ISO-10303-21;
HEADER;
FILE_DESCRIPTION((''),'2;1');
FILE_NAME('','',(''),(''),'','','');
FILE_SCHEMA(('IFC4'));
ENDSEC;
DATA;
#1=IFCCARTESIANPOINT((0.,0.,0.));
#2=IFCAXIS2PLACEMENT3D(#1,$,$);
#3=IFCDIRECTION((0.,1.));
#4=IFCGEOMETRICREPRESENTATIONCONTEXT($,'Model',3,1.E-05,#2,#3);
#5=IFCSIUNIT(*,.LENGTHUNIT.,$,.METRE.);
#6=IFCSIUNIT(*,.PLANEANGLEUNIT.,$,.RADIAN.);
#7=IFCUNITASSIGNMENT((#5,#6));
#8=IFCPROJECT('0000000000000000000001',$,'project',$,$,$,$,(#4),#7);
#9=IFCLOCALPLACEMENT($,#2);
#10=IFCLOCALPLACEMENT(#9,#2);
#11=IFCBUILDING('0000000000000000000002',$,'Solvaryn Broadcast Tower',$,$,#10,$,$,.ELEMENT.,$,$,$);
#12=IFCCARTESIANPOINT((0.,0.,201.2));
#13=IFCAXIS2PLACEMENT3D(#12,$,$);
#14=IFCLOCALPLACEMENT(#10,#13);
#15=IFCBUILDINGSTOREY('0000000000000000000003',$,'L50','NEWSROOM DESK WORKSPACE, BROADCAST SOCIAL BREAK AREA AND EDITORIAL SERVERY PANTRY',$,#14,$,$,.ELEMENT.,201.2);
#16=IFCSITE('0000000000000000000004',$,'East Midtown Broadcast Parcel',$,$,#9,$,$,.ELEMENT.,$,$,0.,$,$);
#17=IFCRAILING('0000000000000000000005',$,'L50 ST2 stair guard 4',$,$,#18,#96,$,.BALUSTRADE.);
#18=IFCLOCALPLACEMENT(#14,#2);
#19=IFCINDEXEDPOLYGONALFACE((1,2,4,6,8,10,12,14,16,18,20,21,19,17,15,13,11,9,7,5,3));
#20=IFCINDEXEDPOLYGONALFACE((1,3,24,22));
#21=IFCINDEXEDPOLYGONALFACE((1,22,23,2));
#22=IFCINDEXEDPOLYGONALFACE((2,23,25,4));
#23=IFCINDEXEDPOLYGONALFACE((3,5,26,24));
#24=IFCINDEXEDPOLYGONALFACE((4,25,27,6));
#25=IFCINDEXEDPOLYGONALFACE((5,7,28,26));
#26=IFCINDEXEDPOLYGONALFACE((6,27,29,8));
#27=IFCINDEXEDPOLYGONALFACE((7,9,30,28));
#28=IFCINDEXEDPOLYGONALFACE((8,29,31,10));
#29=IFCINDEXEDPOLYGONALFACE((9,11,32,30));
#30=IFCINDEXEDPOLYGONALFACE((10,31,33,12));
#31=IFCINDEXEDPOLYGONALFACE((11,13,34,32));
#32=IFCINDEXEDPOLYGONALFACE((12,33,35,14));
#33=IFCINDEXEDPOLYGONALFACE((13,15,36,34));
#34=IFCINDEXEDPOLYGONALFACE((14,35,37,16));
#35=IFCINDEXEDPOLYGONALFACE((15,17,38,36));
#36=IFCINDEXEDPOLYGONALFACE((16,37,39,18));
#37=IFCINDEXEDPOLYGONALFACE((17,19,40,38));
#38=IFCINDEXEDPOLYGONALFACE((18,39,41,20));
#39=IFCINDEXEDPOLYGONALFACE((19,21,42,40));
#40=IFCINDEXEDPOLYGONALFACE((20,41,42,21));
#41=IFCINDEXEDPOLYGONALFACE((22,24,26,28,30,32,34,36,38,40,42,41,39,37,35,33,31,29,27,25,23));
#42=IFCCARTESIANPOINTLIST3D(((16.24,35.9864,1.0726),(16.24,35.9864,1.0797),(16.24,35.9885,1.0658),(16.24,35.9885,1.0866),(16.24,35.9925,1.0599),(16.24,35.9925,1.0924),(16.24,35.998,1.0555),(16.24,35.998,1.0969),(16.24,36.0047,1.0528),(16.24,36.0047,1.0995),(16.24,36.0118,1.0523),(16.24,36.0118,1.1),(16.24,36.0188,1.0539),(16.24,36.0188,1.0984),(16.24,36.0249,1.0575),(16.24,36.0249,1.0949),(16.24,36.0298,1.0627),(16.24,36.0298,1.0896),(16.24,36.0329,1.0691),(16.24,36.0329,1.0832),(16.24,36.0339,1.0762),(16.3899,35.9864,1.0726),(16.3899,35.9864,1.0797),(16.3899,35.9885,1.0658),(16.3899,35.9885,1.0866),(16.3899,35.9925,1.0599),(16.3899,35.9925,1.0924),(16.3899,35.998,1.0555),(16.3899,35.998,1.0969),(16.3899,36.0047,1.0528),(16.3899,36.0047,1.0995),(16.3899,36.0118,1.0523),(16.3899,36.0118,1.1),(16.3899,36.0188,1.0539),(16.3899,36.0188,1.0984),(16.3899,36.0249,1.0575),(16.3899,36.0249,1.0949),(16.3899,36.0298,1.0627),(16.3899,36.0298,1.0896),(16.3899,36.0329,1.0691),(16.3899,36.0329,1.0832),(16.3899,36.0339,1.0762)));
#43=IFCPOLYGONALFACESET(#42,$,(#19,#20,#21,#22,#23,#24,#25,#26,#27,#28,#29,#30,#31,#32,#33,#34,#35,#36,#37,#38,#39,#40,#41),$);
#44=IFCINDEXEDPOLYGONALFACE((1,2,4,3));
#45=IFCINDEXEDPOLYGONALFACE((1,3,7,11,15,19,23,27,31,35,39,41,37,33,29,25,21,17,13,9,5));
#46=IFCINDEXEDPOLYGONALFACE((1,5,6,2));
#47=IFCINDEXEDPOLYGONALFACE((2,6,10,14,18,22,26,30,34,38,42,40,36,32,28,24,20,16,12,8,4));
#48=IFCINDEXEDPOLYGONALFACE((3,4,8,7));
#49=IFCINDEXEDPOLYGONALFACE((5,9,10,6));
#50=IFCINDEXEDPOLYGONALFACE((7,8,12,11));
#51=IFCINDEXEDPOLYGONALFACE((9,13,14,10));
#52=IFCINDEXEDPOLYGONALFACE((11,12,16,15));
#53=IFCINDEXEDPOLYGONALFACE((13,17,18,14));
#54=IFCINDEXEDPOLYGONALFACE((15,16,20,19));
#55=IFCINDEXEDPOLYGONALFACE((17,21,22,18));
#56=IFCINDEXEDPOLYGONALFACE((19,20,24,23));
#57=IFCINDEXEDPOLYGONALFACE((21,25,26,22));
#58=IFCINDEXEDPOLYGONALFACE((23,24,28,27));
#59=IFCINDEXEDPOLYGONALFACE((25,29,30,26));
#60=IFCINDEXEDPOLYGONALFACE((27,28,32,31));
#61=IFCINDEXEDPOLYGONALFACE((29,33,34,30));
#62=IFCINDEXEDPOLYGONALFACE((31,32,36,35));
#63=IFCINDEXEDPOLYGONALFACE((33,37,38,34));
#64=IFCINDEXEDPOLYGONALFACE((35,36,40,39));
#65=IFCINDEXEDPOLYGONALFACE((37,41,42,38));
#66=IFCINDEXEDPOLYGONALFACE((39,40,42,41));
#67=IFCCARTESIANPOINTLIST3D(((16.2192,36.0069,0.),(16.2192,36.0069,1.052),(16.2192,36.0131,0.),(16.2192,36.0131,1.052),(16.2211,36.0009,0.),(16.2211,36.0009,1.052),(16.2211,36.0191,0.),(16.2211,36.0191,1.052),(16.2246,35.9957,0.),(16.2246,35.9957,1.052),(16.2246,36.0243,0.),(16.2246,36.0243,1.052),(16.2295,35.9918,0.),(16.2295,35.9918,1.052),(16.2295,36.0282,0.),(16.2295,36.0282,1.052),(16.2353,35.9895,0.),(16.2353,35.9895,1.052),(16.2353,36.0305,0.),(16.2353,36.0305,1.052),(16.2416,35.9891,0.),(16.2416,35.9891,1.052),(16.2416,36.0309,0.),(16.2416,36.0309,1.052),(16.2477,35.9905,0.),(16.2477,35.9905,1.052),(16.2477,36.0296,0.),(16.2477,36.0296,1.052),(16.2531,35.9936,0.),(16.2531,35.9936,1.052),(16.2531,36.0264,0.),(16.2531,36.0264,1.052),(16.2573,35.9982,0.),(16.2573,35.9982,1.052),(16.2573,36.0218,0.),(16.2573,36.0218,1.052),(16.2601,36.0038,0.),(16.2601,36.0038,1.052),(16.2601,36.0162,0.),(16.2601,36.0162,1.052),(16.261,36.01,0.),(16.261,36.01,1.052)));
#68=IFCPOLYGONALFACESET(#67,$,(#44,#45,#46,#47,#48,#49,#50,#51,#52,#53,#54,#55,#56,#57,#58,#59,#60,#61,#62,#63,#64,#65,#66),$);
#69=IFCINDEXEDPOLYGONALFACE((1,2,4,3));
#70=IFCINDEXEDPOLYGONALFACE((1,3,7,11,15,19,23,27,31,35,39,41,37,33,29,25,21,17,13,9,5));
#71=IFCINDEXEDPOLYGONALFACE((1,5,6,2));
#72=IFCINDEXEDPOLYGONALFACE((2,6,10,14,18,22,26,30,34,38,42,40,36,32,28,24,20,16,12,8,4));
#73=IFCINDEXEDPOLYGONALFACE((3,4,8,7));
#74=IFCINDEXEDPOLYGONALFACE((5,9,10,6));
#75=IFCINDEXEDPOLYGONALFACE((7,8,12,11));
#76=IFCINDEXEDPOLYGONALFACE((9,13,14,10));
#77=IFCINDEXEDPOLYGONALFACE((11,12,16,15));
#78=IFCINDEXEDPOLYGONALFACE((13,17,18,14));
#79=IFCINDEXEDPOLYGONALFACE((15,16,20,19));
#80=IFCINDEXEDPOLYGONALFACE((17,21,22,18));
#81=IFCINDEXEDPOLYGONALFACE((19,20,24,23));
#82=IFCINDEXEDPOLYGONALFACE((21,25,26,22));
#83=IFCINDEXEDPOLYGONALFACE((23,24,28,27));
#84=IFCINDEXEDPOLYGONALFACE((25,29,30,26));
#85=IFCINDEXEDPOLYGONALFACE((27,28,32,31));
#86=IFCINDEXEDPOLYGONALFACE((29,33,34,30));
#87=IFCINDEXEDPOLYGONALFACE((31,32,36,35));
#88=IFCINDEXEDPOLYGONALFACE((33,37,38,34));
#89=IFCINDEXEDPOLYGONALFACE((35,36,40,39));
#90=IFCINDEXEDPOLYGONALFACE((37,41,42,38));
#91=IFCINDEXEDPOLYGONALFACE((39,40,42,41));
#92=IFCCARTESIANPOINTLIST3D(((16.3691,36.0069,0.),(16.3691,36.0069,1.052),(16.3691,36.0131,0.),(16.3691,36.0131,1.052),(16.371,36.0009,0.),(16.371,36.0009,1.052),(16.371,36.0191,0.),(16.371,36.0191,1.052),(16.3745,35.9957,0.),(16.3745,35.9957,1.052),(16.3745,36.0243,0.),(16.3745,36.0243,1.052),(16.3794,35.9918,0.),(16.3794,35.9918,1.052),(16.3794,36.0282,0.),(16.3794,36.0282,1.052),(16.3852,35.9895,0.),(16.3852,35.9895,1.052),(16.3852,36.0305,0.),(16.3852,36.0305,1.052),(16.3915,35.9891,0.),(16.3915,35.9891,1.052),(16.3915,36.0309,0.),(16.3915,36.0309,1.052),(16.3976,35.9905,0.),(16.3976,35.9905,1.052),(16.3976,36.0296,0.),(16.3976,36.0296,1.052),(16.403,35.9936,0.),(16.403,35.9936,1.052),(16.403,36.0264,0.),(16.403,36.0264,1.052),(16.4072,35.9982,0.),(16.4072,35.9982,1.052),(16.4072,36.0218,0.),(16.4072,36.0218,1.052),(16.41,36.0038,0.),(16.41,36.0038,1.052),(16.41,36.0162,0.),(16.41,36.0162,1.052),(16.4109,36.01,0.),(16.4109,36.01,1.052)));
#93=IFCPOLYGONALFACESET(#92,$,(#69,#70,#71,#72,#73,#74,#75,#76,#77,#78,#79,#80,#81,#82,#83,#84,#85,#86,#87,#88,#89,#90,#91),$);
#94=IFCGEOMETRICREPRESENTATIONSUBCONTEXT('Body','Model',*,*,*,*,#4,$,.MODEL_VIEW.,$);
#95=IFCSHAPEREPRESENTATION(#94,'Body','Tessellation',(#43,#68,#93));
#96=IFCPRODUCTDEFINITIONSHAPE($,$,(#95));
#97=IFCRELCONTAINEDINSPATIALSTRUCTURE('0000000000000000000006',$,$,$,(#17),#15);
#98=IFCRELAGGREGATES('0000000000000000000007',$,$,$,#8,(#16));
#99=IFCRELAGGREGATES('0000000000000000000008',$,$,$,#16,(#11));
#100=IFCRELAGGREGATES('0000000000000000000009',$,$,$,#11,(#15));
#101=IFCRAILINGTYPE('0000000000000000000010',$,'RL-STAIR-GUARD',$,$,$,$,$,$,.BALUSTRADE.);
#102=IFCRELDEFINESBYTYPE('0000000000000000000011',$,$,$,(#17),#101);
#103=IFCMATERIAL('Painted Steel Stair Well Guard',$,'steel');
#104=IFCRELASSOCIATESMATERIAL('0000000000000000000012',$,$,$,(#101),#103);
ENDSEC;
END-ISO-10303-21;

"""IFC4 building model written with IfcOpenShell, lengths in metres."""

from ifc_helpers import new_model, si_unit, direction, frame, origin, origin_2d, place, context, subcontext, project, spatial, circle, extrude, material, type_object, element, save


model = new_model("IFC4")

# Units and contexts
model_context = context("Model", 3, precision=1e-05, world=origin(), true_north=direction((0.0, 1.0)))
body_context = subcontext(model_context, "Body", "Model", "MODEL_VIEW")
ifc_project = project(units=[si_unit("LENGTHUNIT", "METRE"), si_unit("PLANEANGLEUNIT", "RADIAN")], contexts=[model_context])

# Site, building, storey
site_placement = place(None, origin())
site = spatial("IfcSite", under=ifc_project, at=site_placement, Name="East Midtown Broadcast Parcel", CompositionType="ELEMENT", RefElevation=0.0)
building_placement = place(site_placement, origin())
building = spatial("IfcBuilding", under=site, at=building_placement, Name="Solvaryn Broadcast Tower", CompositionType="ELEMENT")
storey_placement = place(building_placement, frame((0.0, 0.0, 201.2)))
storey = spatial("IfcBuildingStorey", under=building, at=storey_placement, Name="L50", Description="NEWSROOM DESK WORKSPACE, BROADCAST SOCIAL BREAK AREA AND EDITORIAL SERVERY PANTRY", CompositionType="ELEMENT", Elevation=201.2)

# Railing
ifc_material_1 = material(Name="Painted Steel Stair Well Guard", Category="steel")
railing_type_1 = type_object("IfcRailingType", Name="RL-STAIR-GUARD", PredefinedType="BALUSTRADE", material=ifc_material_1)
railing_1_placement = place(storey_placement, frame((16.24, 36.01, 0.0)))
element("IfcRailing", 1, at=railing_1_placement, inside=storey, type_object=railing_type_1, Name="L50 ST2 stair guard 4", PredefinedType="BALUSTRADE", context=body_context, shape_type="SweptSolid", body=[
    extrude(circle(Radius=0.0239, at=origin_2d()), frame((0.0, 0.0, 1.0762), z_axis=(1.0, 0.0, 0.0), x_axis=(0.0, 1.0, 0.0)), (0.0, 0.0, 1.0), 0.1499),
    extrude(circle(Radius=0.021, at=origin_2d()), origin(), (0.0, 0.0, 1.0), 1.052),
    extrude(circle(Radius=0.021, at=origin_2d()), frame((0.1499, 0.0, 0.0)), (0.0, 0.0, 1.0), 1.052),
])

save(model, "model.ifc")
